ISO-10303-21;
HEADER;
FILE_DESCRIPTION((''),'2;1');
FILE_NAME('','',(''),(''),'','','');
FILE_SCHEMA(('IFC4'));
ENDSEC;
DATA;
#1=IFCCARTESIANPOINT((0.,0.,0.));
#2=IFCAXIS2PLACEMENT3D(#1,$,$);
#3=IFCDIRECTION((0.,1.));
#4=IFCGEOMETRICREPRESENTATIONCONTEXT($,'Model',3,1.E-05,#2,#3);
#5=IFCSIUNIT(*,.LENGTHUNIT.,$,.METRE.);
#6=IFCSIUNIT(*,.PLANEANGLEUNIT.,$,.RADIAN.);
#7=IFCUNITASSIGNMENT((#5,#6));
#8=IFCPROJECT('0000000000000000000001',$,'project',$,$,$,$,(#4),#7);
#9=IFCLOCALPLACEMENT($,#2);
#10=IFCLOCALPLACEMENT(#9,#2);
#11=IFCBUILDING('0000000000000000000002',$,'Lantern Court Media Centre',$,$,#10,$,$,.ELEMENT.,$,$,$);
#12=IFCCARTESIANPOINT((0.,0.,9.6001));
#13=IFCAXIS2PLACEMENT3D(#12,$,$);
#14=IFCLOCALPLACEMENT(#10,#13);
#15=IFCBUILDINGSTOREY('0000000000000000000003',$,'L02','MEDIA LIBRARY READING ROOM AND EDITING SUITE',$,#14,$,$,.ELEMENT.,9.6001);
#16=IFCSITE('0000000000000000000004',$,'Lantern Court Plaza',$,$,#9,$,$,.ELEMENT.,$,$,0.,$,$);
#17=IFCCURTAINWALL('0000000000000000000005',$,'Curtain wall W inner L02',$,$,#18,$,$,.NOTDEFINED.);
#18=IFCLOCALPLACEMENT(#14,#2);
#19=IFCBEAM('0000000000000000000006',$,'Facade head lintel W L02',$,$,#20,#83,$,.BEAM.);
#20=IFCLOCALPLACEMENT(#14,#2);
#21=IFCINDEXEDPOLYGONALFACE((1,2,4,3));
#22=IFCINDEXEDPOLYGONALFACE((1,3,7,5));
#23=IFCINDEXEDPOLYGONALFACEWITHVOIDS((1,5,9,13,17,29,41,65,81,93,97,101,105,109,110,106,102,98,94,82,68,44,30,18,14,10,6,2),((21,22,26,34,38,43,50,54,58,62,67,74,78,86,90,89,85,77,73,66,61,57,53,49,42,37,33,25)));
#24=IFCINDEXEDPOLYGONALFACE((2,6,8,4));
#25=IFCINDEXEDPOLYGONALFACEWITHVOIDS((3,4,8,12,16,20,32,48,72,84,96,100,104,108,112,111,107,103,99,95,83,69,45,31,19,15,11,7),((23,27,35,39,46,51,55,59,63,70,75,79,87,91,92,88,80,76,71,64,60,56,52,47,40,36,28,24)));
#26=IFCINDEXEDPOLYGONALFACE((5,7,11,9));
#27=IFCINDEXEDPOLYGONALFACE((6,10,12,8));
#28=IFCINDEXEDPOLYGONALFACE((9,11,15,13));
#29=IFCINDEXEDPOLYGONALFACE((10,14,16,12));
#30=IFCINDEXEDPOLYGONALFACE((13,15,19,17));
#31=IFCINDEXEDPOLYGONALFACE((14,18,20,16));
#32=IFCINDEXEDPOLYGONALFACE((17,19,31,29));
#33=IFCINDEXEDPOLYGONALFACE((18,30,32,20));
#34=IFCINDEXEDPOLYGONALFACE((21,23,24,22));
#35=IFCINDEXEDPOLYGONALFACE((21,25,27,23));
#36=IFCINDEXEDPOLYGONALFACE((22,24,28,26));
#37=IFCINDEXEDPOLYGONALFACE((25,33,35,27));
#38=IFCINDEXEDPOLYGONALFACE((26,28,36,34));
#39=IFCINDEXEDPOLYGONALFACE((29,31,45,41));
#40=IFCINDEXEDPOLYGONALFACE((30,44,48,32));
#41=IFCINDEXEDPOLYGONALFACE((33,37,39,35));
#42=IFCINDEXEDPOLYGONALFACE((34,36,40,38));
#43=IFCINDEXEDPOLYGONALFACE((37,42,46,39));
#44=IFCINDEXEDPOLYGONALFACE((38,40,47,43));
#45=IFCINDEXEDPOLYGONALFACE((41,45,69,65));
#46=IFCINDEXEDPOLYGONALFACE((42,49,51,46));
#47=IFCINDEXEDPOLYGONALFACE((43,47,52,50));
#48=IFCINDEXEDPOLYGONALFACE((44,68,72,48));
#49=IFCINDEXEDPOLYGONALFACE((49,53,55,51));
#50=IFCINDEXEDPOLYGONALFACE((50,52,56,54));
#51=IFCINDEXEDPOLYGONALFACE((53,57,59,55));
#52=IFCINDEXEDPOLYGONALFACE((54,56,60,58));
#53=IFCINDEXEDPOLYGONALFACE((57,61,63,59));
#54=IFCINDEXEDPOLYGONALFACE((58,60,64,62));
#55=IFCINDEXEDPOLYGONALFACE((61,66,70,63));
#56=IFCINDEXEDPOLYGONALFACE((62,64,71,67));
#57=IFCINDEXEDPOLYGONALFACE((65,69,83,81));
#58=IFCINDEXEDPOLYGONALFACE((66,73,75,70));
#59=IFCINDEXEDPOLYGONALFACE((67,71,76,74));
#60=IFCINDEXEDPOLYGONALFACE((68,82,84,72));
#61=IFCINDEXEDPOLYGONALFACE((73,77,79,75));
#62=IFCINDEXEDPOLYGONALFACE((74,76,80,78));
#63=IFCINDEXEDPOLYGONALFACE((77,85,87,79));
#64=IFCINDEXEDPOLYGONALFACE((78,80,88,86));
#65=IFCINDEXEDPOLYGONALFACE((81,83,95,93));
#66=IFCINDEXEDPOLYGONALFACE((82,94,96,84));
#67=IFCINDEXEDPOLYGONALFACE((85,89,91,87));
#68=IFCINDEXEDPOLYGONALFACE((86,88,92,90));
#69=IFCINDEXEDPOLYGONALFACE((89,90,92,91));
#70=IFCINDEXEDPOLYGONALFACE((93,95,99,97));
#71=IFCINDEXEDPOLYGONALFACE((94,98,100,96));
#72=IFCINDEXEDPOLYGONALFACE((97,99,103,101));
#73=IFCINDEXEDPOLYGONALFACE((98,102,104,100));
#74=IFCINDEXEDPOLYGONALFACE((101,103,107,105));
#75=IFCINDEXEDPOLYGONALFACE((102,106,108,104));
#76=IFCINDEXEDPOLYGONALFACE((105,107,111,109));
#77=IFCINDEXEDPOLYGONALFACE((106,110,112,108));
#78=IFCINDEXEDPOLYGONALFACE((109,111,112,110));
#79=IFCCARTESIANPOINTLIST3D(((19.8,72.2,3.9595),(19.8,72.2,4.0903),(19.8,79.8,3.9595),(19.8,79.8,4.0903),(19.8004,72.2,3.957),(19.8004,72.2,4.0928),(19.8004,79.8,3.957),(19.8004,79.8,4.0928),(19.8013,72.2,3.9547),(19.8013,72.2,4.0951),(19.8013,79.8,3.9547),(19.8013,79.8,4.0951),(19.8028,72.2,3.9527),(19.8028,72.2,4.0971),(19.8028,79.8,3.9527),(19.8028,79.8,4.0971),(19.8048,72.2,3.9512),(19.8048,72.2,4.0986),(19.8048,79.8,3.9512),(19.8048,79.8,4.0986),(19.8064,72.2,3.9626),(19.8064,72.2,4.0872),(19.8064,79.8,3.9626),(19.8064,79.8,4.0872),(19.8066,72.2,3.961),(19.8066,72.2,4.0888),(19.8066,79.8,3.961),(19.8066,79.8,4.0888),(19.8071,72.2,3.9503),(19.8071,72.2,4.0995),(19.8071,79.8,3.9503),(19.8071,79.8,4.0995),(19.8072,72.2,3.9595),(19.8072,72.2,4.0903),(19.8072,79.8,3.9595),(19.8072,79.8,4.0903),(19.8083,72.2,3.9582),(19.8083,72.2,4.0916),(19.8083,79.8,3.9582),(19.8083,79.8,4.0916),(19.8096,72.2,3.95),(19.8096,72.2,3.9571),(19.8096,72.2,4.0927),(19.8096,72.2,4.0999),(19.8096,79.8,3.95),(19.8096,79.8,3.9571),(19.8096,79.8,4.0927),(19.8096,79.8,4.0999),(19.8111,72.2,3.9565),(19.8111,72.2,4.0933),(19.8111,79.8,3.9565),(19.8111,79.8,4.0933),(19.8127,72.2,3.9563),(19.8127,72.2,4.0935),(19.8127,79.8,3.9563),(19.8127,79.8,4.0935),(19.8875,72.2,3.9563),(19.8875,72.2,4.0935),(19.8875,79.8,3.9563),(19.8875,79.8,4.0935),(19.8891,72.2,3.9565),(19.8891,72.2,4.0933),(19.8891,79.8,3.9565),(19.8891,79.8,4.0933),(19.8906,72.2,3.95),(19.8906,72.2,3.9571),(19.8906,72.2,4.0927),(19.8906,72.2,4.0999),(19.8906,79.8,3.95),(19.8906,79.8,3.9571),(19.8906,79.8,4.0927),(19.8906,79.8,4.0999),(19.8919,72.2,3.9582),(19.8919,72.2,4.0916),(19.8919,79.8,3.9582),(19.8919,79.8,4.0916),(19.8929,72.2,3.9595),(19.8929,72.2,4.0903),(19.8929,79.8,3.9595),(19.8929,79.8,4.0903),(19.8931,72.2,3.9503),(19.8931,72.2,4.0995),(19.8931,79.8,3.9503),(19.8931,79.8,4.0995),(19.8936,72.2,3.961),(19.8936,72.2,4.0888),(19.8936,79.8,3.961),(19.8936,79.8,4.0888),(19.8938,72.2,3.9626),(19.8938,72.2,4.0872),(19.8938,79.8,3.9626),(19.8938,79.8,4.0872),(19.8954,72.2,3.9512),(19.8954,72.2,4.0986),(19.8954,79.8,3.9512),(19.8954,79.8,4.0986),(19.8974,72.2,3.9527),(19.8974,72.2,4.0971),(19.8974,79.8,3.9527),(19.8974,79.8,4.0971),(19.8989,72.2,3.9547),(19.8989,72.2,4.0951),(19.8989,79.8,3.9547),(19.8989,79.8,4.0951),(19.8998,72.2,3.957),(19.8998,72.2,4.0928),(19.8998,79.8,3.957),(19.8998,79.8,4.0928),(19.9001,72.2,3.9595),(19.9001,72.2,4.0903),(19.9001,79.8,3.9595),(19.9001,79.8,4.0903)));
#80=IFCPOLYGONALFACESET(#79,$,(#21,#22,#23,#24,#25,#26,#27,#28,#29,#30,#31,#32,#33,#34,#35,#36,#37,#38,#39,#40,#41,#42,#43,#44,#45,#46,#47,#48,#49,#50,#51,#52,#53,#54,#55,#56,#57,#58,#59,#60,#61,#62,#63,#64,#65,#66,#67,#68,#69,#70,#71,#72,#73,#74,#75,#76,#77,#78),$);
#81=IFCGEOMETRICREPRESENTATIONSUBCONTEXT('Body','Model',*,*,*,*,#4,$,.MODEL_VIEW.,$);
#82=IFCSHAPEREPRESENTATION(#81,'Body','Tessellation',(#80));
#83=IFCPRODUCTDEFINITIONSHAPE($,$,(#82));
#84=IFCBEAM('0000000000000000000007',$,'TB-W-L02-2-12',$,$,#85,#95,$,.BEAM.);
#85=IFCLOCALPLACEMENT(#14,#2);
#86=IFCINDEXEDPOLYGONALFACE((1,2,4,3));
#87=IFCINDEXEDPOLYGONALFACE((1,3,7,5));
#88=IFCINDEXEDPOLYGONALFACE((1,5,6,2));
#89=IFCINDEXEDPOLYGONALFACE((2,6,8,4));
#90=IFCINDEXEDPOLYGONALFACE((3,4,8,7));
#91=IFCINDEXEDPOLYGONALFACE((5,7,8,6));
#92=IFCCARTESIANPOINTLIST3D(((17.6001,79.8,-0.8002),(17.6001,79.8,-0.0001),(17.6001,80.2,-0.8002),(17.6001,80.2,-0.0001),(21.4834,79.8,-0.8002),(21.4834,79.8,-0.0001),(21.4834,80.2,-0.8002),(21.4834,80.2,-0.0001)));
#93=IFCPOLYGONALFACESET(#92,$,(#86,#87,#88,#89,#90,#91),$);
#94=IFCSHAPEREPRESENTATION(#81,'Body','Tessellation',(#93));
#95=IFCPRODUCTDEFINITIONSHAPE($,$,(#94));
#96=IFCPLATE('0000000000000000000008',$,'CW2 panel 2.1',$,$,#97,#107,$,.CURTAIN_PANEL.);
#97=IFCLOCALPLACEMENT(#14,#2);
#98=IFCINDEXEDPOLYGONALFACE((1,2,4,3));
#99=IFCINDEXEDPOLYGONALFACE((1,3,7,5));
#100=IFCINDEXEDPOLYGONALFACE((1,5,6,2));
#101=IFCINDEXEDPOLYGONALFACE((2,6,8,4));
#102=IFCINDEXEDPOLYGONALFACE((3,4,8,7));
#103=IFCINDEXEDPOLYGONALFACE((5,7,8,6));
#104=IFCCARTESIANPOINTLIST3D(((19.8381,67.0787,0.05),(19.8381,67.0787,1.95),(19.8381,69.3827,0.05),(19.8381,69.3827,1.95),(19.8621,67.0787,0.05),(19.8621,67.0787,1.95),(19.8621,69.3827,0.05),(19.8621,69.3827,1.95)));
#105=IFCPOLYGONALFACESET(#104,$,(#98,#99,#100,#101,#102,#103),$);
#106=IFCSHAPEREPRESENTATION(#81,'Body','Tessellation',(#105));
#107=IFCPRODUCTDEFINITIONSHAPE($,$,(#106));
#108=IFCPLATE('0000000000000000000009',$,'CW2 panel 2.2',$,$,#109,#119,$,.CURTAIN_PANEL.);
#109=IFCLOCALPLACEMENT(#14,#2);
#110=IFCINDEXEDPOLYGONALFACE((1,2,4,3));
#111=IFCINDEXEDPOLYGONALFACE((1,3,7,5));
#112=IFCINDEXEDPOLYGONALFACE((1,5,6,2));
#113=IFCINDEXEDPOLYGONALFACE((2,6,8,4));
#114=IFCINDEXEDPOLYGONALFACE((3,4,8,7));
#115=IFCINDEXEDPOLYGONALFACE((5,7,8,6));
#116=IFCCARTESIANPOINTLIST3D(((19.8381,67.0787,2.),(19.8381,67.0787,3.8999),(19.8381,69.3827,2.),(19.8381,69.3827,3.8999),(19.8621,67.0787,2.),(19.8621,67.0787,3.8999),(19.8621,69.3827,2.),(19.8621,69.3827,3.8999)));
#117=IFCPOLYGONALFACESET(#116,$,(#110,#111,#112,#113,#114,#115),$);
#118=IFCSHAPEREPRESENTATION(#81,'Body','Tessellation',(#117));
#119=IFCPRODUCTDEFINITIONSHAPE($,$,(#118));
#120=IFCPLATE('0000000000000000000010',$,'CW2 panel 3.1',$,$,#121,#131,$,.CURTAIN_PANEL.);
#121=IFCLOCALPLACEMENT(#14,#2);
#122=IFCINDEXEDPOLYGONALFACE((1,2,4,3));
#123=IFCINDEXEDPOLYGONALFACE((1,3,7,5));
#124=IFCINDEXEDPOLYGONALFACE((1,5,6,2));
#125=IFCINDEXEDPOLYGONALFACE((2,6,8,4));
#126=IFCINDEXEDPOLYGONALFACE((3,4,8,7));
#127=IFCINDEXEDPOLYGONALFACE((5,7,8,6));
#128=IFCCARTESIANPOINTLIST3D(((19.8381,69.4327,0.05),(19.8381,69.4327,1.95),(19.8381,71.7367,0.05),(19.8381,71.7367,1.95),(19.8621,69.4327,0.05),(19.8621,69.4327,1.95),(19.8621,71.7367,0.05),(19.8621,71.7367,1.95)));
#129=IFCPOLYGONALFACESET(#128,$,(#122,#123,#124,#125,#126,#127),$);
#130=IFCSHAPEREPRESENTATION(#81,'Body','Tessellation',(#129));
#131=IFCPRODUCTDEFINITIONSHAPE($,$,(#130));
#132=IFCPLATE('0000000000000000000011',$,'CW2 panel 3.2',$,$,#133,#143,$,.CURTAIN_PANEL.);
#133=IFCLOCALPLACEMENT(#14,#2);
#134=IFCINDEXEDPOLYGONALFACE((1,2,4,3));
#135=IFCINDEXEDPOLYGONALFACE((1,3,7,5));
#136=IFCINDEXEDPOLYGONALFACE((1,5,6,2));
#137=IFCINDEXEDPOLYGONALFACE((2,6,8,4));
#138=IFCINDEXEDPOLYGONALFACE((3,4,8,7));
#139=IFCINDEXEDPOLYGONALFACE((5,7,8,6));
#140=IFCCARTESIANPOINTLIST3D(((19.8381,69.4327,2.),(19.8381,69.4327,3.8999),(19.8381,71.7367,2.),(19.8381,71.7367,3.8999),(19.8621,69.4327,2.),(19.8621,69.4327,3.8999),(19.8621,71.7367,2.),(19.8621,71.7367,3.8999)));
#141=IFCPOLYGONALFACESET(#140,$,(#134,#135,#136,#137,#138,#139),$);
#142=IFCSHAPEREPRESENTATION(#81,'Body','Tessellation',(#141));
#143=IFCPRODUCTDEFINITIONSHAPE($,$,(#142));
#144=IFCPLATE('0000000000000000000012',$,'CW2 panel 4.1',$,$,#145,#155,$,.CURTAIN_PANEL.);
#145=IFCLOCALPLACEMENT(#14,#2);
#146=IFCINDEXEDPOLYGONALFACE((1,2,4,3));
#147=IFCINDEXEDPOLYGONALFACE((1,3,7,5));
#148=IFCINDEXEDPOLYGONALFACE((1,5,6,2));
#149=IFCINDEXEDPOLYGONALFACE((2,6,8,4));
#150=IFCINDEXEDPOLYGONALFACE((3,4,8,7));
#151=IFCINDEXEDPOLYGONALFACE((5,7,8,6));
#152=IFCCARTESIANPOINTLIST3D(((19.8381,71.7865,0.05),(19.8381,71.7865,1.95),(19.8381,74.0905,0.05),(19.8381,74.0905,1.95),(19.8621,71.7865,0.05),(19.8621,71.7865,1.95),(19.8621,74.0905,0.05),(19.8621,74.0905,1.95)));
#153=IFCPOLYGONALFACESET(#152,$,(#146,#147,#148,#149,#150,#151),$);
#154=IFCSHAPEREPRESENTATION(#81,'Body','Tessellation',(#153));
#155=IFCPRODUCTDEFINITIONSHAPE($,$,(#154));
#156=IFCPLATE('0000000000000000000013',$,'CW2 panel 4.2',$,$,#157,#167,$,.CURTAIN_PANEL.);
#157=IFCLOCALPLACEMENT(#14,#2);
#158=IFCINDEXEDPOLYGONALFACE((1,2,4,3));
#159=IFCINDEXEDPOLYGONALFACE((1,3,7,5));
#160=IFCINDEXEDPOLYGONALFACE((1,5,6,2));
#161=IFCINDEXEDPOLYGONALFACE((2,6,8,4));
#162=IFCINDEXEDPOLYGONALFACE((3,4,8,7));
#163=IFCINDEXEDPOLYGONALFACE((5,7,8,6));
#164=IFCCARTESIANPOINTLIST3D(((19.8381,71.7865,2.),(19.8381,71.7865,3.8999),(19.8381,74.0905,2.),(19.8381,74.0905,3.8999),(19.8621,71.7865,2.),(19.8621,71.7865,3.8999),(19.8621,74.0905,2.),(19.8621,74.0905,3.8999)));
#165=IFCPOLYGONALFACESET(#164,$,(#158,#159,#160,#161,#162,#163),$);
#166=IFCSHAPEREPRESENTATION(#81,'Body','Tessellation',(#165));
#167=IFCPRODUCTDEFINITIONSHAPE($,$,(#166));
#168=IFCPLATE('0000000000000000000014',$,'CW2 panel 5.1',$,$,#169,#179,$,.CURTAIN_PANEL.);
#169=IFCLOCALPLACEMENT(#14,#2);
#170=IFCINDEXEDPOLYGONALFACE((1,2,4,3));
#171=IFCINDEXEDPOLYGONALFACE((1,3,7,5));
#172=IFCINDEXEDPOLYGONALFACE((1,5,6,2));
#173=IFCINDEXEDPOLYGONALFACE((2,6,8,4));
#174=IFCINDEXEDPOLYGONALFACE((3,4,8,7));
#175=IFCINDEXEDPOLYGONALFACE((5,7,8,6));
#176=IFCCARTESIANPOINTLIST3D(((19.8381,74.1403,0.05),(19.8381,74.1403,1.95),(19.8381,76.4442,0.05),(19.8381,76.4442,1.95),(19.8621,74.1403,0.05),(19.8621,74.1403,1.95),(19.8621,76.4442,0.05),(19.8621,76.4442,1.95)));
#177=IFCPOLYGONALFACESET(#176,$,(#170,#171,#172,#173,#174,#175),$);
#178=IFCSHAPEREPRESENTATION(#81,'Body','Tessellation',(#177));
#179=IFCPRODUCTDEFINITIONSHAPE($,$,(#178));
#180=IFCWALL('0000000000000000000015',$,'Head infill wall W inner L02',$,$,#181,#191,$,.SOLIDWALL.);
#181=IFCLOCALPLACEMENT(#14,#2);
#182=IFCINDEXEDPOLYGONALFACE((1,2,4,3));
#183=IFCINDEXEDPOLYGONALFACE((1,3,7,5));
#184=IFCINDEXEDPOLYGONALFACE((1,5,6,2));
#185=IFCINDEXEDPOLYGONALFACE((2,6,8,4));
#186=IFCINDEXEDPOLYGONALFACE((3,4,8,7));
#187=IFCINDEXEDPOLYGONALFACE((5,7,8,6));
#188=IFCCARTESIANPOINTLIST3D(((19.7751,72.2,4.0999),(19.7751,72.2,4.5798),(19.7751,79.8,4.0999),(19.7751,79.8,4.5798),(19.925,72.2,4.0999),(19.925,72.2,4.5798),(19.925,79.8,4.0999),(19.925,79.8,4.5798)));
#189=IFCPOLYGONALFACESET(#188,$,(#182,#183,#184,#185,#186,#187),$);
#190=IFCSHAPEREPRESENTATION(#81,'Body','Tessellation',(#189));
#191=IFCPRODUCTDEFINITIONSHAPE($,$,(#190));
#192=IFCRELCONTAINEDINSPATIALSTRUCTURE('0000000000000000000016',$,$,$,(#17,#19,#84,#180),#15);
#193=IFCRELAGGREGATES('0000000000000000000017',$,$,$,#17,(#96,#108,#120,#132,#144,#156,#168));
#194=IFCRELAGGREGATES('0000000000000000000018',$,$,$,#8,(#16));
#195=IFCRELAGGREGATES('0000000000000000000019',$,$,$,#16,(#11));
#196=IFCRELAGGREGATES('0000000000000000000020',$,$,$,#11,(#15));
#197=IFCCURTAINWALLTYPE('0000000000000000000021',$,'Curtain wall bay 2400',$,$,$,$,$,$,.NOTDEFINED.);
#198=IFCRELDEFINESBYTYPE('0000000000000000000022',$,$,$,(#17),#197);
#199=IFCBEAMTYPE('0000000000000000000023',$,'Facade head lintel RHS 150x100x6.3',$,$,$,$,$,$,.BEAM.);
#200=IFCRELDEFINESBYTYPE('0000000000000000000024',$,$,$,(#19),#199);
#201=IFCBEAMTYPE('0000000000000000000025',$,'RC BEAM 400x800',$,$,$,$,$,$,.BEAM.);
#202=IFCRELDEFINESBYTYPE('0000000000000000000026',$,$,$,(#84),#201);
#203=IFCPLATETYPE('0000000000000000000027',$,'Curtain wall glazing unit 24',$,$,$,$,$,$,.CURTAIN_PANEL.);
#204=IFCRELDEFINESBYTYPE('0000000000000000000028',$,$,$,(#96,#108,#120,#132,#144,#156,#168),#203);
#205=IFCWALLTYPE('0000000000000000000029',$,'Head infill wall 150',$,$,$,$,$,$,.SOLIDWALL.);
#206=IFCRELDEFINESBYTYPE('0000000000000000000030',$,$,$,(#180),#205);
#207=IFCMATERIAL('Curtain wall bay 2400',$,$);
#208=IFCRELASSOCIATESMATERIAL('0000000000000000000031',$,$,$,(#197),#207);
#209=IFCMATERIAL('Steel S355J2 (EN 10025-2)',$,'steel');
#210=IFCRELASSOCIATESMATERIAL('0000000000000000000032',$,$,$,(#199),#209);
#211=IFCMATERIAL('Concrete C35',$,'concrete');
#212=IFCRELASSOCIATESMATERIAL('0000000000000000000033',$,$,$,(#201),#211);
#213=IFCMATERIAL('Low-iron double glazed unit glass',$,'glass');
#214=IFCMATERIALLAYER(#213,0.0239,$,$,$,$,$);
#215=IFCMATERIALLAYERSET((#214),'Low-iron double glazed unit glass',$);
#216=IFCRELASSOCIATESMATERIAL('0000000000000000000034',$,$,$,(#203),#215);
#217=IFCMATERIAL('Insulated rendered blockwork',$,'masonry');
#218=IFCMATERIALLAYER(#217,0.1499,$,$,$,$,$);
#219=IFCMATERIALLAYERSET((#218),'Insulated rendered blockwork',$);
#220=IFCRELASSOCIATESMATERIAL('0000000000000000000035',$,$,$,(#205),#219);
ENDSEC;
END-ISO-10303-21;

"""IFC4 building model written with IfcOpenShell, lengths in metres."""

from ifc_helpers import new_model, si_unit, direction, frame, frame_2d, origin, origin_2d, place, context, subcontext, project, spatial, rectangle, hollow_rectangle, extrude, material, layer, layer_set, material_profile, profile_set, type_object, element, aggregate, save


model = new_model("IFC4")

# Units and contexts
model_context = context("Model", 3, precision=1e-05, world=origin(), true_north=direction((0.0, 1.0)))
body_context = subcontext(model_context, "Body", "Model", "MODEL_VIEW")
ifc_project = project(units=[si_unit("LENGTHUNIT", "METRE"), si_unit("PLANEANGLEUNIT", "RADIAN")], contexts=[model_context])

# Site, building, storey
site_placement = place(None, origin())
site = spatial("IfcSite", under=ifc_project, at=site_placement, Name="Lantern Court Plaza", CompositionType="ELEMENT", RefElevation=0.0)
building_placement = place(site_placement, origin())
building = spatial("IfcBuilding", under=site, at=building_placement, Name="Lantern Court Media Centre", CompositionType="ELEMENT")
storey_placement = place(building_placement, frame((0.0, 0.0, 9.6001)))
storey = spatial("IfcBuildingStorey", under=building, at=storey_placement, Name="L02", Description="MEDIA LIBRARY READING ROOM AND EDITING SUITE", CompositionType="ELEMENT", Elevation=9.6001)

# Curtain wall
ifc_material_1 = material(Name="Curtain wall bay 2400")
curtain_wall_type = type_object("IfcCurtainWallType", Name="Curtain wall bay 2400", PredefinedType="NOTDEFINED", material=ifc_material_1)
curtain_wall_placement = place(storey_placement, origin())
curtain_wall = element("IfcCurtainWall", 1, at=curtain_wall_placement, inside=storey, type_object=curtain_wall_type, Name="Curtain wall W inner L02", PredefinedType="NOTDEFINED")

# Beams
ifc_material_2 = material(Name="Steel S355J2 (EN 10025-2)", Category="steel")
ifc_material_profile_1 = material_profile(ifc_material_2, hollow_rectangle(XDim=0.1001, YDim=0.1499, WallThickness=0.0063, InnerFilletRadius=0.0063, OuterFilletRadius=0.0095, at=origin_2d()), Name="Facade head lintel RHS 150x100x6.3")
ifc_profile_set_1 = profile_set([ifc_material_profile_1], Name="Steel S355J2 (EN 10025-2)")
beam_type_1 = type_object("IfcBeamType", Name="Facade head lintel RHS 150x100x6.3", PredefinedType="BEAM", material=ifc_profile_set_1)
beam_1_placement = place(storey_placement, frame((19.8501, 72.2, 4.0249), z_axis=(0.0, 1.0, 0.0), x_axis=(-1.0, 0.0, 0.0)))
element("IfcBeam", 2, at=beam_1_placement, inside=storey, type_object=beam_type_1, Name="Facade head lintel W L02", PredefinedType="BEAM", context=body_context, shape_type="SweptSolid", body=[
    extrude(hollow_rectangle(XDim=0.1001, YDim=0.1499, WallThickness=0.0063, InnerFilletRadius=0.0063, OuterFilletRadius=0.0095, at=origin_2d()), origin(), (0.0, 0.0, 1.0), 7.6001),
])
ifc_material_3 = material(Name="Concrete C35", Category="concrete")
ifc_material_profile_2 = material_profile(ifc_material_3, rectangle(XDim=0.3999, YDim=0.8, at=origin_2d()), Name="RC 400x800")
ifc_profile_set_2 = profile_set([ifc_material_profile_2], Name="Concrete C35")
beam_type_2 = type_object("IfcBeamType", Name="RC BEAM 400x800", PredefinedType="BEAM", material=ifc_profile_set_2)
beam_2_placement = place(storey_placement, frame((17.6001, 80.0, -0.4001), z_axis=(1.0, 0.0, 0.0), x_axis=(0.0, 1.0, 0.0)))
element("IfcBeam", 3, at=beam_2_placement, inside=storey, type_object=beam_type_2, Name="TB-W-L02-2-12", PredefinedType="BEAM", context=body_context, shape_type="SweptSolid", body=[
    extrude(rectangle(XDim=0.3999, YDim=0.8, at=origin_2d()), origin(), (0.0, 0.0, 1.0), 3.8833),
])

# Plates
ifc_material_4 = material(Name="Low-iron double glazed unit glass", Category="glass")
ifc_layer_1 = layer(ifc_material_4, 0.0239)
ifc_layer_set_1 = layer_set([ifc_layer_1], Name="Low-iron double glazed unit glass")
plate_type = type_object("IfcPlateType", Name="Curtain wall glazing unit 24", PredefinedType="CURTAIN_PANEL", material=ifc_layer_set_1)
plate_1_placement = place(storey_placement, frame((19.8501, 68.2307, 0.05), z_axis=(0.0, 0.0, 1.0), x_axis=(0.0, 1.0, 0.0)))
plate_1 = element("IfcPlate", 4, at=plate_1_placement, type_object=plate_type, Name="CW2 panel 2.1", PredefinedType="CURTAIN_PANEL", context=body_context, shape_type="SweptSolid", body=[
    extrude(rectangle(XDim=2.304, YDim=0.0239, at=origin_2d()), origin(), (0.0, 0.0, 1.0), 1.8999),
])
plate_2_placement = place(storey_placement, frame((19.8501, 68.2307, 2.0), z_axis=(0.0, 0.0, 1.0), x_axis=(0.0, 1.0, 0.0)))
plate_2 = element("IfcPlate", 5, at=plate_2_placement, type_object=plate_type, Name="CW2 panel 2.2", PredefinedType="CURTAIN_PANEL", context=body_context, shape_type="SweptSolid", body=[
    extrude(rectangle(XDim=2.304, YDim=0.0239, at=origin_2d()), origin(), (0.0, 0.0, 1.0), 1.8999),
])
plate_3_placement = place(storey_placement, frame((19.8501, 70.5847, 0.05), z_axis=(0.0, 0.0, 1.0), x_axis=(0.0, 1.0, 0.0)))
plate_3 = element("IfcPlate", 6, at=plate_3_placement, type_object=plate_type, Name="CW2 panel 3.1", PredefinedType="CURTAIN_PANEL", context=body_context, shape_type="SweptSolid", body=[
    extrude(rectangle(XDim=2.304, YDim=0.0239, at=origin_2d()), origin(), (0.0, 0.0, 1.0), 1.8999),
])
plate_4_placement = place(storey_placement, frame((19.8501, 70.5847, 2.0), z_axis=(0.0, 0.0, 1.0), x_axis=(0.0, 1.0, 0.0)))
plate_4 = element("IfcPlate", 7, at=plate_4_placement, type_object=plate_type, Name="CW2 panel 3.2", PredefinedType="CURTAIN_PANEL", context=body_context, shape_type="SweptSolid", body=[
    extrude(rectangle(XDim=2.304, YDim=0.0239, at=origin_2d()), origin(), (0.0, 0.0, 1.0), 1.8999),
])
plate_5_placement = place(storey_placement, frame((19.8501, 72.9385, 0.05), z_axis=(0.0, 0.0, 1.0), x_axis=(0.0, 1.0, 0.0)))
plate_5 = element("IfcPlate", 8, at=plate_5_placement, type_object=plate_type, Name="CW2 panel 4.1", PredefinedType="CURTAIN_PANEL", context=body_context, shape_type="SweptSolid", body=[
    extrude(rectangle(XDim=2.304, YDim=0.0239, at=origin_2d()), origin(), (0.0, 0.0, 1.0), 1.8999),
])
plate_6_placement = place(storey_placement, frame((19.8501, 72.9385, 2.0), z_axis=(0.0, 0.0, 1.0), x_axis=(0.0, 1.0, 0.0)))
plate_6 = element("IfcPlate", 9, at=plate_6_placement, type_object=plate_type, Name="CW2 panel 4.2", PredefinedType="CURTAIN_PANEL", context=body_context, shape_type="SweptSolid", body=[
    extrude(rectangle(XDim=2.304, YDim=0.0239, at=origin_2d()), origin(), (0.0, 0.0, 1.0), 1.8999),
])
plate_7_placement = place(storey_placement, frame((19.8501, 75.2922, 0.05), z_axis=(0.0, 0.0, 1.0), x_axis=(0.0, 1.0, 0.0)))
plate_7 = element("IfcPlate", 10, at=plate_7_placement, type_object=plate_type, Name="CW2 panel 5.1", PredefinedType="CURTAIN_PANEL", context=body_context, shape_type="SweptSolid", body=[
    extrude(rectangle(XDim=2.304, YDim=0.0239, at=origin_2d()), origin(), (0.0, 0.0, 1.0), 1.8999),
])
aggregate(curtain_wall, [plate_1, plate_2, plate_3, plate_4, plate_5, plate_6, plate_7])

# Wall
ifc_material_5 = material(Name="Insulated rendered blockwork", Category="masonry")
ifc_layer_2 = layer(ifc_material_5, 0.1499)
ifc_layer_set_2 = layer_set([ifc_layer_2], Name="Insulated rendered blockwork")
wall_type_1 = type_object("IfcWallType", Name="Head infill wall 150", PredefinedType="SOLIDWALL", material=ifc_layer_set_2)
wall_1_placement = place(storey_placement, frame((19.8501, 72.2, 4.0999), z_axis=(0.0, 0.0, 1.0), x_axis=(0.0, 1.0, 0.0)))
element("IfcWall", 11, at=wall_1_placement, inside=storey, type_object=wall_type_1, Name="Head infill wall W inner L02", PredefinedType="SOLIDWALL", context=body_context, shape_type="SweptSolid", body=[
    extrude(rectangle(XDim=7.6001, YDim=0.1499, at=frame_2d((3.8, 0.0))), origin(), (0.0, 0.0, 1.0), 0.48),
])

save(model, "model.ifc")
